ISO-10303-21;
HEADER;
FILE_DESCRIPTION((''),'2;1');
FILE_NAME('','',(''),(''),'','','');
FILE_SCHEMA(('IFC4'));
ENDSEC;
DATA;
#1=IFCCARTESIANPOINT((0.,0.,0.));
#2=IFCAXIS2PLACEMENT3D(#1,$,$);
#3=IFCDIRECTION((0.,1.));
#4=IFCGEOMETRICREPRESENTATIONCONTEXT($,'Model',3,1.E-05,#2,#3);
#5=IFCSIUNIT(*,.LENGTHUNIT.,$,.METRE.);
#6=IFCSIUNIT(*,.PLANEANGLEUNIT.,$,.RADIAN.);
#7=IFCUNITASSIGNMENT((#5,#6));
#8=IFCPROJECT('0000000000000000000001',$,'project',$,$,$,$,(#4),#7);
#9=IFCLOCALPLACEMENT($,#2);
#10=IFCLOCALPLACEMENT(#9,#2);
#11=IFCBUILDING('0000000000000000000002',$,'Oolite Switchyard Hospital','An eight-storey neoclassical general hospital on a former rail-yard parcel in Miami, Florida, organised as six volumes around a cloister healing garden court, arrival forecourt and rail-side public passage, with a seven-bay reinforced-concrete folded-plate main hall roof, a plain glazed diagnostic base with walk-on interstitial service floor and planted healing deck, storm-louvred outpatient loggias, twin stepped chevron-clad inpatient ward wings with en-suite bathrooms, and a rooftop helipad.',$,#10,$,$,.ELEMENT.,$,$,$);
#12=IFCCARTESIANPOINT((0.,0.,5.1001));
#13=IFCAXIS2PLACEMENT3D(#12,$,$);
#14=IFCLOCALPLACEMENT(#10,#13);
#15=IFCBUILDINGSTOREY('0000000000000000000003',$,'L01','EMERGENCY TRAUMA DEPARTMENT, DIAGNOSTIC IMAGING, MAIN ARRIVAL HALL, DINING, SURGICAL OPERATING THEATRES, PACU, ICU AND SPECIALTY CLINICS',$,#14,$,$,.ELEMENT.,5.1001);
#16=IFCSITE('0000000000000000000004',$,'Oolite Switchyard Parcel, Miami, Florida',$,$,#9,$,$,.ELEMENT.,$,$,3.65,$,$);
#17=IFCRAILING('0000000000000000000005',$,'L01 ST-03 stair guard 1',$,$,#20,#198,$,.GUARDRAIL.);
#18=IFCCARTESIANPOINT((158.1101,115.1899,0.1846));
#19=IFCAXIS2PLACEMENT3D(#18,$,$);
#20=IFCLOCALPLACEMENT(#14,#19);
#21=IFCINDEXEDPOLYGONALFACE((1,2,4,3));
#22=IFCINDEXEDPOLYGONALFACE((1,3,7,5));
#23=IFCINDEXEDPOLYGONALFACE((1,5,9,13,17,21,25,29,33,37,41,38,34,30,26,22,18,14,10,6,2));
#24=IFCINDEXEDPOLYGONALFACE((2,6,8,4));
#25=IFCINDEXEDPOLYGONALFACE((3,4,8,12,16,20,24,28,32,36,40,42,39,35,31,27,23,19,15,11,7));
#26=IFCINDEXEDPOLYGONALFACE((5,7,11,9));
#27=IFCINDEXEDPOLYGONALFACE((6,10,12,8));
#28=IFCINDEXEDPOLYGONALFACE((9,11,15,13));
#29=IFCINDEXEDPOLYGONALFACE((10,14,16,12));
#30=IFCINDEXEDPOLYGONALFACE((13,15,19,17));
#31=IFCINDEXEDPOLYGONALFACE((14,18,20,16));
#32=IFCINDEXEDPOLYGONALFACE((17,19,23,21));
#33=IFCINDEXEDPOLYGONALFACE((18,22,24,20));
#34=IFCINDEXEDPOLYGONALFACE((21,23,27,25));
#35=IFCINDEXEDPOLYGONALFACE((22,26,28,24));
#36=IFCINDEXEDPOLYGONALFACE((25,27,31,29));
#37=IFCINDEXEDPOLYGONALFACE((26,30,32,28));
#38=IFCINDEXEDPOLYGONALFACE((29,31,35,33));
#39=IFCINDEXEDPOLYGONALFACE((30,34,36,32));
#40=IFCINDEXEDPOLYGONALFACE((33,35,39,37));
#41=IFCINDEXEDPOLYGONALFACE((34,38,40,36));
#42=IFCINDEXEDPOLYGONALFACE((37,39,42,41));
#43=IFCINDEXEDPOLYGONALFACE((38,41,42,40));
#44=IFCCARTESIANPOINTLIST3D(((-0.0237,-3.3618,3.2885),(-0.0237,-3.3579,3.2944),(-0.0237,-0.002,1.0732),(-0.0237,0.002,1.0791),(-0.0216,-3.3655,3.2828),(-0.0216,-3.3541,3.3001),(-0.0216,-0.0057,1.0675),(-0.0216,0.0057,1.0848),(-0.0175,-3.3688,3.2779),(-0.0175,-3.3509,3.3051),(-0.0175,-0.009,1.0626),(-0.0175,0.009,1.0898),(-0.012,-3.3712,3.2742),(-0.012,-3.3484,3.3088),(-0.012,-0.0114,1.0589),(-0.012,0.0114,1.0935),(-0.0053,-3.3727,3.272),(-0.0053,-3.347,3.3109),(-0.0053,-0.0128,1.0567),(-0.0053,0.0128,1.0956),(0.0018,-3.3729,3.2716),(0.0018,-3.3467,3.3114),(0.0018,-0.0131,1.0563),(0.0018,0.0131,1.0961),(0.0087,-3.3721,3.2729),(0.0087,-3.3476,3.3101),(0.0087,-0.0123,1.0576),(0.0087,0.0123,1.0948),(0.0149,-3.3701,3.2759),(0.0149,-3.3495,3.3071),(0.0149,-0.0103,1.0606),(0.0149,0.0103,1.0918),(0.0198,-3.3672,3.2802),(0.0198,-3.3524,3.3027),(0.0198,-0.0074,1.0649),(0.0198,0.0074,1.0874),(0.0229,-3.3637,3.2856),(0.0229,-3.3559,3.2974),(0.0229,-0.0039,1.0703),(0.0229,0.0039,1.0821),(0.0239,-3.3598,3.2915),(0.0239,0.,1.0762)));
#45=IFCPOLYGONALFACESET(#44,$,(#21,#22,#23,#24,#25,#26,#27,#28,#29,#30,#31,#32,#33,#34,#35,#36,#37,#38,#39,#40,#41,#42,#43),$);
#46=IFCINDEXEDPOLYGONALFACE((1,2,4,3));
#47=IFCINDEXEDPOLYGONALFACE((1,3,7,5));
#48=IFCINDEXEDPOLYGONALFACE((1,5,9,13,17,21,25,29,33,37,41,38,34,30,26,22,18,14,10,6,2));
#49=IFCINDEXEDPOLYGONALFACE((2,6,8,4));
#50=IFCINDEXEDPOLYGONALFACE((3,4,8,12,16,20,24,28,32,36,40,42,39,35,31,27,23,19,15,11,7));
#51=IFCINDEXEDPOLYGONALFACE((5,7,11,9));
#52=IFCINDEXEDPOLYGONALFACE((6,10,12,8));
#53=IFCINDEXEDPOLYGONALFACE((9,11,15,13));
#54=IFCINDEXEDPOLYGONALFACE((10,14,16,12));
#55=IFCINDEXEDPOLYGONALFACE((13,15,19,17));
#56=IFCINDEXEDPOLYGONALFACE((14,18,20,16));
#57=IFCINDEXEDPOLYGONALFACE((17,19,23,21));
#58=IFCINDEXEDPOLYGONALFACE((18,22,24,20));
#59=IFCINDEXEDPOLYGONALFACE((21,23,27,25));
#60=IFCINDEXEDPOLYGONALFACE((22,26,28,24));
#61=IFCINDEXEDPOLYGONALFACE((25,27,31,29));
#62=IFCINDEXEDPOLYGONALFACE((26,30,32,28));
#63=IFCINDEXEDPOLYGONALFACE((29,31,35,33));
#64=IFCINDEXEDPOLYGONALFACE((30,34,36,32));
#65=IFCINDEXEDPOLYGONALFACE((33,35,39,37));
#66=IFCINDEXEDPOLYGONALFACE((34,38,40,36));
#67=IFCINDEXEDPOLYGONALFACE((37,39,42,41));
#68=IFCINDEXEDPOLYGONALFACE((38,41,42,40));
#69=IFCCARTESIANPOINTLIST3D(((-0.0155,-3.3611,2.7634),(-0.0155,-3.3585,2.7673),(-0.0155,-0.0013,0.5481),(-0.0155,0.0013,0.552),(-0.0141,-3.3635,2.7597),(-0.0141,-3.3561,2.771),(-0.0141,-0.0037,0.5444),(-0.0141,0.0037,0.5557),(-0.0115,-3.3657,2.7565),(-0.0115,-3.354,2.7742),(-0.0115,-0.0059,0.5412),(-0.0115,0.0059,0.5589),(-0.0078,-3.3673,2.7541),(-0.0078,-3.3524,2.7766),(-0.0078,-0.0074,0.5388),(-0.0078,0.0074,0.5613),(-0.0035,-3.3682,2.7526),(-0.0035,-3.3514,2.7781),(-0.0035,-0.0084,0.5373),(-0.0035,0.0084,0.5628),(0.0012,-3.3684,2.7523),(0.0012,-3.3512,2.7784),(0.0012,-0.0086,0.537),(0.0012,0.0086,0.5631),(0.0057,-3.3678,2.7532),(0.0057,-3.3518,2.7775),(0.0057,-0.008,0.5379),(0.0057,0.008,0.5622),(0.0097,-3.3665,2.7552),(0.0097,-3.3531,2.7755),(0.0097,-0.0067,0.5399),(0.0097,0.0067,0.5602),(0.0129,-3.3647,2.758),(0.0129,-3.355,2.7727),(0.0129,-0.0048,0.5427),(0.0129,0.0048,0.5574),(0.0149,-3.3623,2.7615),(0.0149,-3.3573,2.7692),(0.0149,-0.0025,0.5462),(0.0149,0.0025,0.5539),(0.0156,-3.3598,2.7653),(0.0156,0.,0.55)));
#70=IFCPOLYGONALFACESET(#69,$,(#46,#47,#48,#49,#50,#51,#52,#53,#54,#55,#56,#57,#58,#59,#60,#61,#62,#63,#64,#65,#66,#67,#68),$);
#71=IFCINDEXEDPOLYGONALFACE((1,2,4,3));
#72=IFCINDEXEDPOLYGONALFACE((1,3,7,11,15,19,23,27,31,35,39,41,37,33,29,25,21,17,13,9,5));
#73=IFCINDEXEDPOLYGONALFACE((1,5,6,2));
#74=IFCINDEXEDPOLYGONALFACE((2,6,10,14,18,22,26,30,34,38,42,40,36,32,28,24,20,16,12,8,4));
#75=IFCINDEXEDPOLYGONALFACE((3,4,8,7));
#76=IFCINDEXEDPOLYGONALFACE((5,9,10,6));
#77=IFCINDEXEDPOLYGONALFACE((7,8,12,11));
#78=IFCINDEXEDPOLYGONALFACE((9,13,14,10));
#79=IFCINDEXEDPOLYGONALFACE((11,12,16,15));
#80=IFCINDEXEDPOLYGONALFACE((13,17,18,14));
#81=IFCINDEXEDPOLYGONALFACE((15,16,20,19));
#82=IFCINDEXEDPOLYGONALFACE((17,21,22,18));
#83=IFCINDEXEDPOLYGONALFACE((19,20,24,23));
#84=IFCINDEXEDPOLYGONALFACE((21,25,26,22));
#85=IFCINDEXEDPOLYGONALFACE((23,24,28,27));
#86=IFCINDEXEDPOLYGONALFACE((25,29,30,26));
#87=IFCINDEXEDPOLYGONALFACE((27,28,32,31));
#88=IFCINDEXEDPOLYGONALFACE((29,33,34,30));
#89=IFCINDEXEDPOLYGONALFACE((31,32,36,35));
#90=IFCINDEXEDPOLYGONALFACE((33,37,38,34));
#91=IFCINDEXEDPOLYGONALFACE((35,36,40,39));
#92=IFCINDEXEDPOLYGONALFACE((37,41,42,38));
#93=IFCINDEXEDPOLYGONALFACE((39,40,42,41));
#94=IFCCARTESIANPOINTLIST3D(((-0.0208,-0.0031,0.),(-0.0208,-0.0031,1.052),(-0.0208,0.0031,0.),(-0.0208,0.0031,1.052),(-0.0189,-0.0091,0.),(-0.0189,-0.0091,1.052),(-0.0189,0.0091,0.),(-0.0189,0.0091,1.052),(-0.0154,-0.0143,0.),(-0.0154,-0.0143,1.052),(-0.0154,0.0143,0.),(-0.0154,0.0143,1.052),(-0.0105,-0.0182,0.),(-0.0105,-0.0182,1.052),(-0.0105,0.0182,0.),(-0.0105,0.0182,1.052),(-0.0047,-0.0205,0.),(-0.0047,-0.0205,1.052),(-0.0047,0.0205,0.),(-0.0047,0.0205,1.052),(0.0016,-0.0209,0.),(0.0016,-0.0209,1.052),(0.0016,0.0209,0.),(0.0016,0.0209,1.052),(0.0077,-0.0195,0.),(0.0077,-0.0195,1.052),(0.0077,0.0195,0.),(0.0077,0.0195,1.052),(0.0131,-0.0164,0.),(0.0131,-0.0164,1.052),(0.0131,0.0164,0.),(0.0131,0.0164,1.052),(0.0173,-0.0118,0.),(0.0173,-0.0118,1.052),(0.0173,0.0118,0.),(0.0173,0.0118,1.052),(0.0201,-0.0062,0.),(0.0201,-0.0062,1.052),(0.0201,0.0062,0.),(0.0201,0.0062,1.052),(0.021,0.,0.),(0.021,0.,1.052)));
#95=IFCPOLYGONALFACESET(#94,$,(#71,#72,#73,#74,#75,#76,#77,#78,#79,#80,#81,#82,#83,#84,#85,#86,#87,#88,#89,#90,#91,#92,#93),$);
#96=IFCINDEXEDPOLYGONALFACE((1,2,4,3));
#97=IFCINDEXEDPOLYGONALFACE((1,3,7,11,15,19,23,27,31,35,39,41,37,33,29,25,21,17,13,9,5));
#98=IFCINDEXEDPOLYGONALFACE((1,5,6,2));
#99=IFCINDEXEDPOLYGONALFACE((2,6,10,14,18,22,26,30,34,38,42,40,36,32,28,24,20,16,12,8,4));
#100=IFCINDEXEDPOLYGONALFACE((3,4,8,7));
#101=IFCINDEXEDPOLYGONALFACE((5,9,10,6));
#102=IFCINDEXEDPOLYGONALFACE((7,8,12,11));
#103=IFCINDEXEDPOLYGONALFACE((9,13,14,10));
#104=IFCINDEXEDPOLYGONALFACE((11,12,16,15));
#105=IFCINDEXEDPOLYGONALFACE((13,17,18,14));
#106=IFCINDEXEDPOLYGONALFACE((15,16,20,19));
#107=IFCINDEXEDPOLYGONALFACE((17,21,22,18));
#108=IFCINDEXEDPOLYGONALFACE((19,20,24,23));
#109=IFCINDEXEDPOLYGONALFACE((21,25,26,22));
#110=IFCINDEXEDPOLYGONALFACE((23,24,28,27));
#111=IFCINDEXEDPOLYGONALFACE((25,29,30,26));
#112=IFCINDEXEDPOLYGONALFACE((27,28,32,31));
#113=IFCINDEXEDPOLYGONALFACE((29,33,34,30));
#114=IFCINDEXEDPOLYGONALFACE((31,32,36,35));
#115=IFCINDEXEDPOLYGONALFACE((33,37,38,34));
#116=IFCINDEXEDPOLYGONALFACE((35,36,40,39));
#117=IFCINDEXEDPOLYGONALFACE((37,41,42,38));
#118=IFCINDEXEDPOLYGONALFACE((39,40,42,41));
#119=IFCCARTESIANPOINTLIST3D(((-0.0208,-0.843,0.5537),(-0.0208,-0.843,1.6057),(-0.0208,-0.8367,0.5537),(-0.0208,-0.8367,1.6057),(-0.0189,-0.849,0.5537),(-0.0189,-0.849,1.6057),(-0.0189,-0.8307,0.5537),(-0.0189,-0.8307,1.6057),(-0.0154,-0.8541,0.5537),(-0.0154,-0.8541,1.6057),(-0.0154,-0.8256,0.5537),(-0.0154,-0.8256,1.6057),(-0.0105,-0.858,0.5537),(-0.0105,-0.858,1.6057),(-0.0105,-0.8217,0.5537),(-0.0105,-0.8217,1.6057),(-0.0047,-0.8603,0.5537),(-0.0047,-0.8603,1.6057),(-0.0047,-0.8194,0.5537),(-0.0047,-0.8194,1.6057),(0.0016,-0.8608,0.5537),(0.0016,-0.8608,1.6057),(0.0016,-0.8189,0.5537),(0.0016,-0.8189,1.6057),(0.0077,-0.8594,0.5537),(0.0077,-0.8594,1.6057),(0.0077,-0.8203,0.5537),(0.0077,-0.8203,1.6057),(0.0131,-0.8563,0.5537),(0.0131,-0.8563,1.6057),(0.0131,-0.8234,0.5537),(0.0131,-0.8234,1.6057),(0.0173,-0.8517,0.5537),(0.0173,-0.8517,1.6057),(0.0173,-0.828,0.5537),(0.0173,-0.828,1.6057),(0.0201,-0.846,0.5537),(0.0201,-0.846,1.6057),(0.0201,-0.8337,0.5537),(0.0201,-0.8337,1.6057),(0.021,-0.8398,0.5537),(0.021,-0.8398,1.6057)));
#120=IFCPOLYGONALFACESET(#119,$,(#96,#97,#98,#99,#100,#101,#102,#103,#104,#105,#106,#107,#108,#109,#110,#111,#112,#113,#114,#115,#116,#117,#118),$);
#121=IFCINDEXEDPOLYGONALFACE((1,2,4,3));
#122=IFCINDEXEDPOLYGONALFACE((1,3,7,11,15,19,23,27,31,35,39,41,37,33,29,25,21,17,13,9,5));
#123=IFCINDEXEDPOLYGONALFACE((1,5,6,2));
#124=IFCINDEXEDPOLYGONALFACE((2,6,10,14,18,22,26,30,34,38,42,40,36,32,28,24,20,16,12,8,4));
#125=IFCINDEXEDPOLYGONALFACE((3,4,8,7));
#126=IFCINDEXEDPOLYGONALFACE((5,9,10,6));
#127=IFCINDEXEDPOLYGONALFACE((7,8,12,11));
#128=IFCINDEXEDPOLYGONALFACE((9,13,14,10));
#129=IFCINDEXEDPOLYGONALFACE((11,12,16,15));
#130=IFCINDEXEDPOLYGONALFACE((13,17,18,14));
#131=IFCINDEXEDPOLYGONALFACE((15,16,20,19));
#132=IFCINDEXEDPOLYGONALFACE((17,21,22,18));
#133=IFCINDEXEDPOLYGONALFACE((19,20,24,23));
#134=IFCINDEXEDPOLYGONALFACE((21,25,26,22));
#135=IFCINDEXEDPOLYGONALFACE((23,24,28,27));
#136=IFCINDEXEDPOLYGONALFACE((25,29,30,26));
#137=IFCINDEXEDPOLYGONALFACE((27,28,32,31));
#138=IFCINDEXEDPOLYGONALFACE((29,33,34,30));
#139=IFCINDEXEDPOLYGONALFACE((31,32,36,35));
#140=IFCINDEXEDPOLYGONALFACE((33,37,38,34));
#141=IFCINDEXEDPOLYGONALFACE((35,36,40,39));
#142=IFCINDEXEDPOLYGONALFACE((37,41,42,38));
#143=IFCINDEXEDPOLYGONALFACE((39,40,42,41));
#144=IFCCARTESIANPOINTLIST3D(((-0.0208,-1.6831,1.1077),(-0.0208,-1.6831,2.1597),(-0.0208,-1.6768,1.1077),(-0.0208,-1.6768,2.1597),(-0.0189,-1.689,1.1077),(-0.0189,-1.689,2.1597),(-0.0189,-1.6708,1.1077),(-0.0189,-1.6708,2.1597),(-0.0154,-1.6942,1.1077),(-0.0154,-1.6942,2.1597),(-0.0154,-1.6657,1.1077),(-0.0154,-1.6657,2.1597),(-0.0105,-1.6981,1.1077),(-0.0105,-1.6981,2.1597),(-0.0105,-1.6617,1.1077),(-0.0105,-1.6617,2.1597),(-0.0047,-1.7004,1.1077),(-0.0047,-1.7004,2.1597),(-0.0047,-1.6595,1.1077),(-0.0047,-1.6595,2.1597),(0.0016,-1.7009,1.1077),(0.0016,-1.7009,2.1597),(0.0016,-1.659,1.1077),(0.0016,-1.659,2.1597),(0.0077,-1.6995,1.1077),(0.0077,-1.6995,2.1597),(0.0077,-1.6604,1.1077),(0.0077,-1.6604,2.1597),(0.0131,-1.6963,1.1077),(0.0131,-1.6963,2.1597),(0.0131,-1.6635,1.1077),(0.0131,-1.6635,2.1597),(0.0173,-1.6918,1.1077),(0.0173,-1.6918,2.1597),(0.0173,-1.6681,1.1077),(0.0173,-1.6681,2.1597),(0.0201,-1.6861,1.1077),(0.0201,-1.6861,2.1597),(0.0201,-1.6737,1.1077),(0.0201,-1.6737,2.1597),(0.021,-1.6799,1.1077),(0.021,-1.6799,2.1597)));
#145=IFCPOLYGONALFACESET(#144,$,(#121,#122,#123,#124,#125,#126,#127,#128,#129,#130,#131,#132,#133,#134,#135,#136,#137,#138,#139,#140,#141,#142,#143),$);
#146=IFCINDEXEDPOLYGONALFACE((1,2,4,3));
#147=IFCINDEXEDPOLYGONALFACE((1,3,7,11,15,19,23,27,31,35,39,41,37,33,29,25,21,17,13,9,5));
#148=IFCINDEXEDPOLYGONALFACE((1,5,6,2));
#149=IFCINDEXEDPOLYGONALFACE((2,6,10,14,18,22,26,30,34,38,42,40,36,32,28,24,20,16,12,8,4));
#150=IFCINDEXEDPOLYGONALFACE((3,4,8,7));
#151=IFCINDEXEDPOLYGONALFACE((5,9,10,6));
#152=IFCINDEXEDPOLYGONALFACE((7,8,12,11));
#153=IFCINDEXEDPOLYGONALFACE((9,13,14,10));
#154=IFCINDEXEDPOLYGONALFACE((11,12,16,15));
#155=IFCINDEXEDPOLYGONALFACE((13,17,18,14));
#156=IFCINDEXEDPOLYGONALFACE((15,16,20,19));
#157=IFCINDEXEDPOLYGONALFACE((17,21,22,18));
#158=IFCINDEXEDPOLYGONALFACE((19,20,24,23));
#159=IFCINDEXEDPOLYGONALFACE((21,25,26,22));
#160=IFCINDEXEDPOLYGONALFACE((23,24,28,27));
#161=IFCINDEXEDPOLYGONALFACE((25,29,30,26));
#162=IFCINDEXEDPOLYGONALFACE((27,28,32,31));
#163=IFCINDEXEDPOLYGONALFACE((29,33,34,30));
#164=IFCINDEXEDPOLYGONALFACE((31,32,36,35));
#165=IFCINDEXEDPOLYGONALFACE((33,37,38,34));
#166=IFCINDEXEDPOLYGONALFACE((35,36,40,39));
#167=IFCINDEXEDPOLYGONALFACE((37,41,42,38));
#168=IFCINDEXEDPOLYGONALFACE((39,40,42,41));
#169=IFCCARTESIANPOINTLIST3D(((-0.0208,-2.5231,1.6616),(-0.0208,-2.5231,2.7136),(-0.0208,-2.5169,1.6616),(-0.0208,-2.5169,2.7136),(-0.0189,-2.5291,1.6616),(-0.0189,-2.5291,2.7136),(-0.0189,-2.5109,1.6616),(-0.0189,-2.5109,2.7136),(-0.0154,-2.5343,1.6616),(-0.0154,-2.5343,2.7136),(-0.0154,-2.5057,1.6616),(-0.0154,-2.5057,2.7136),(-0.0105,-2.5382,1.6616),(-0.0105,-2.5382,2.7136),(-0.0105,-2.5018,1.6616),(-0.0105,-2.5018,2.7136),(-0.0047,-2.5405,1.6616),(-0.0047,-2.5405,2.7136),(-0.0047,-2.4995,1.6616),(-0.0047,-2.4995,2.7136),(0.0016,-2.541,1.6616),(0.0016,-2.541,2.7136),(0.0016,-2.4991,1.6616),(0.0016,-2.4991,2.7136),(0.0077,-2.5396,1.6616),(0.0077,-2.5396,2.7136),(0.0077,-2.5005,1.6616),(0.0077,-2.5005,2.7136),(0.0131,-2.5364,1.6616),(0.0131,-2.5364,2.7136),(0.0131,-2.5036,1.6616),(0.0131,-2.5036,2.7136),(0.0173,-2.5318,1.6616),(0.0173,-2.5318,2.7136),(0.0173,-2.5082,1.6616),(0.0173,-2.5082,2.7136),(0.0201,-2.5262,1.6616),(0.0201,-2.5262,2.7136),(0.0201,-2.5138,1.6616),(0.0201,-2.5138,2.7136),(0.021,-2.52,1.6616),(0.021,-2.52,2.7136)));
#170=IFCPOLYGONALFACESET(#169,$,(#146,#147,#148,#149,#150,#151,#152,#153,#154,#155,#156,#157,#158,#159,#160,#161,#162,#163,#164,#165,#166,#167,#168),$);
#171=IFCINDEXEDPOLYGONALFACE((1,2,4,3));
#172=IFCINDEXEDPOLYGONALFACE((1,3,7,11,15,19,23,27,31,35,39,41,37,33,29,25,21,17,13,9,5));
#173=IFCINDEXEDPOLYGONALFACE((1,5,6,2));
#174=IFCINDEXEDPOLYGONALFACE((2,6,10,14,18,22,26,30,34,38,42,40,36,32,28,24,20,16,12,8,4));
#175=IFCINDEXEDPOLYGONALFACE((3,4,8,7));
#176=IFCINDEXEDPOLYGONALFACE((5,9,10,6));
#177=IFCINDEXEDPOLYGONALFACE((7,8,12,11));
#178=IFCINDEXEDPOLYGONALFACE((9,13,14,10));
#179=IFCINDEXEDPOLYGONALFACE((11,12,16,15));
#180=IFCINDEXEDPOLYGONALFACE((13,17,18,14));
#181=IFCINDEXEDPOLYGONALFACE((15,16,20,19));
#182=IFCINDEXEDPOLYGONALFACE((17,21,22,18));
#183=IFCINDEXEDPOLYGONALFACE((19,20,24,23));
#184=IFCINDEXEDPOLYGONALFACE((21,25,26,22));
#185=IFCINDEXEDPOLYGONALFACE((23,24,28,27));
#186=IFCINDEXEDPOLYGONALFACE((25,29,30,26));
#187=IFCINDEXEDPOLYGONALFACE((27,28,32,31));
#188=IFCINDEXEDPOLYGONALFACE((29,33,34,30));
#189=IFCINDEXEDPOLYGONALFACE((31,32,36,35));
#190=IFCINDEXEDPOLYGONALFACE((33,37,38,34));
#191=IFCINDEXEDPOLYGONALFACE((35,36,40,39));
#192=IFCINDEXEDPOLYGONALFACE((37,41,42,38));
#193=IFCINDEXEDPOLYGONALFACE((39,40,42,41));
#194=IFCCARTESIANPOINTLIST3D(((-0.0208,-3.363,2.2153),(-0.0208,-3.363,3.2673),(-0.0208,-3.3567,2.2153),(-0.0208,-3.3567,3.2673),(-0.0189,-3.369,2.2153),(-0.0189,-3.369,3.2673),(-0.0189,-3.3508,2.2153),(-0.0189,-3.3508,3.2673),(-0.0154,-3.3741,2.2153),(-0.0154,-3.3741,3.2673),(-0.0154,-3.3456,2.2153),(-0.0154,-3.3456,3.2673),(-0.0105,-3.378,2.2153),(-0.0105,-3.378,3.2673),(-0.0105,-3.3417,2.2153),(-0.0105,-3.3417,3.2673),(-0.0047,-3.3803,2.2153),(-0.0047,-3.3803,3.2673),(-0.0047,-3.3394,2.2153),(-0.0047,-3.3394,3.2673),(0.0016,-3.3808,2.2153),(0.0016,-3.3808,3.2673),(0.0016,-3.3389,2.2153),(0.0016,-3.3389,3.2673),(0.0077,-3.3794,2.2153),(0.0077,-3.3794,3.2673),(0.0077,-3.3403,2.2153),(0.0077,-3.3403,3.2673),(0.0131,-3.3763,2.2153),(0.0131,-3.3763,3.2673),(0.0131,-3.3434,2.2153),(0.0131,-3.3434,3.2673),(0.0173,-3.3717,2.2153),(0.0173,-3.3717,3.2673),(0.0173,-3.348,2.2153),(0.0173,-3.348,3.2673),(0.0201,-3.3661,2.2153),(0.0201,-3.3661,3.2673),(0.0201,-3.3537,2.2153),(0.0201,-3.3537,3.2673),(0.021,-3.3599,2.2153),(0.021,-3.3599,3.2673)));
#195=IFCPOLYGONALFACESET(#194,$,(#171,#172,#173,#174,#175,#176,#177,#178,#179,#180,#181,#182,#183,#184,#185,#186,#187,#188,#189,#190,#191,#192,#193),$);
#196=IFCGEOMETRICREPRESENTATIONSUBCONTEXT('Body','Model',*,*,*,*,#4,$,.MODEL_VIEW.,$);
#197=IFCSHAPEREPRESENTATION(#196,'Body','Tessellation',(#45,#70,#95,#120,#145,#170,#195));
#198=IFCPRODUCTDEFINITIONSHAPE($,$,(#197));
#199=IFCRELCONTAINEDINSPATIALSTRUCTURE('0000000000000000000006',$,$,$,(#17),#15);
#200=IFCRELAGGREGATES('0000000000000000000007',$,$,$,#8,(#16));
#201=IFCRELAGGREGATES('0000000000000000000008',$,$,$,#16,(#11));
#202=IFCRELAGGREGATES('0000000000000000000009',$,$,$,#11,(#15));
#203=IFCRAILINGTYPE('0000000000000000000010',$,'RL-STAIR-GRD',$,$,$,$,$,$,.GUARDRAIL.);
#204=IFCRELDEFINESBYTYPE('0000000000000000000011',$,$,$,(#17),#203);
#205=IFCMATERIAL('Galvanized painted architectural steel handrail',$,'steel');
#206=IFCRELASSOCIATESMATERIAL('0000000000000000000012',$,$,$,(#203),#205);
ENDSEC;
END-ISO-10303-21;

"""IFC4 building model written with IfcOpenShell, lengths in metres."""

from ifc_helpers import new_model, si_unit, direction, frame, origin, origin_2d, place, context, subcontext, project, spatial, circle, extrude, material, type_object, element, save


model = new_model("IFC4")

# Units and contexts
model_context = context("Model", 3, precision=1e-05, world=origin(), true_north=direction((0.0, 1.0)))
body_context = subcontext(model_context, "Body", "Model", "MODEL_VIEW")
ifc_project = project(units=[si_unit("LENGTHUNIT", "METRE"), si_unit("PLANEANGLEUNIT", "RADIAN")], contexts=[model_context])

# Site, building, storey
site_placement = place(None, origin())
site = spatial("IfcSite", under=ifc_project, at=site_placement, Name="Oolite Switchyard Parcel, Miami, Florida", CompositionType="ELEMENT", RefElevation=3.65)
building_placement = place(site_placement, origin())
building = spatial("IfcBuilding", under=site, at=building_placement, Name="Oolite Switchyard Hospital", Description="An eight-storey neoclassical general hospital on a former rail-yard parcel in Miami, Florida, organised as six volumes around a cloister healing garden court, arrival forecourt and rail-side public passage, with a seven-bay reinforced-concrete folded-plate main hall roof, a plain glazed diagnostic base with walk-on interstitial service floor and planted healing deck, storm-louvred outpatient loggias, twin stepped chevron-clad inpatient ward wings with en-suite bathrooms, and a rooftop helipad.", CompositionType="ELEMENT")
storey_placement = place(building_placement, frame((0.0, 0.0, 5.1001)))
storey = spatial("IfcBuildingStorey", under=building, at=storey_placement, Name="L01", Description="EMERGENCY TRAUMA DEPARTMENT, DIAGNOSTIC IMAGING, MAIN ARRIVAL HALL, DINING, SURGICAL OPERATING THEATRES, PACU, ICU AND SPECIALTY CLINICS", CompositionType="ELEMENT", Elevation=5.1001)

# Railing
ifc_material_1 = material(Name="Galvanized painted architectural steel handrail", Category="steel")
railing_type_1 = type_object("IfcRailingType", Name="RL-STAIR-GRD", PredefinedType="GUARDRAIL", material=ifc_material_1)
railing_1_placement = place(storey_placement, frame((158.1101, 115.1899, 0.1846)))
element("IfcRailing", 1, at=railing_1_placement, inside=storey, type_object=railing_type_1, Name="L01 ST-03 stair guard 1", PredefinedType="GUARDRAIL", context=body_context, shape_type="SweptSolid", body=[
    extrude(circle(Radius=0.0239, at=origin_2d()), frame((0.0, 0.0, 1.0762), z_axis=(0.0, -0.834858, 0.550465), x_axis=(1.0, 0.0, 0.0)), (0.0, 0.0, 1.0), 4.0244),
    extrude(circle(Radius=0.0156, at=origin_2d()), frame((0.0, 0.0, 0.55), z_axis=(0.0, -0.834858, 0.550465), x_axis=(1.0, 0.0, 0.0)), (0.0, 0.0, 1.0), 4.0244),
    extrude(circle(Radius=0.021, at=origin_2d()), origin(), (0.0, 0.0, 1.0), 1.052),
    extrude(circle(Radius=0.021, at=origin_2d()), frame((0.0, -0.8398, 0.5537)), (0.0, 0.0, 1.0), 1.052),
    extrude(circle(Radius=0.021, at=origin_2d()), frame((0.0, -1.6799, 1.1077)), (0.0, 0.0, 1.0), 1.052),
    extrude(circle(Radius=0.021, at=origin_2d()), frame((0.0, -2.52, 1.6616)), (0.0, 0.0, 1.0), 1.052),
    extrude(circle(Radius=0.021, at=origin_2d()), frame((0.0, -3.3599, 2.2153)), (0.0, 0.0, 1.0), 1.052),
])

save(model, "model.ifc")
